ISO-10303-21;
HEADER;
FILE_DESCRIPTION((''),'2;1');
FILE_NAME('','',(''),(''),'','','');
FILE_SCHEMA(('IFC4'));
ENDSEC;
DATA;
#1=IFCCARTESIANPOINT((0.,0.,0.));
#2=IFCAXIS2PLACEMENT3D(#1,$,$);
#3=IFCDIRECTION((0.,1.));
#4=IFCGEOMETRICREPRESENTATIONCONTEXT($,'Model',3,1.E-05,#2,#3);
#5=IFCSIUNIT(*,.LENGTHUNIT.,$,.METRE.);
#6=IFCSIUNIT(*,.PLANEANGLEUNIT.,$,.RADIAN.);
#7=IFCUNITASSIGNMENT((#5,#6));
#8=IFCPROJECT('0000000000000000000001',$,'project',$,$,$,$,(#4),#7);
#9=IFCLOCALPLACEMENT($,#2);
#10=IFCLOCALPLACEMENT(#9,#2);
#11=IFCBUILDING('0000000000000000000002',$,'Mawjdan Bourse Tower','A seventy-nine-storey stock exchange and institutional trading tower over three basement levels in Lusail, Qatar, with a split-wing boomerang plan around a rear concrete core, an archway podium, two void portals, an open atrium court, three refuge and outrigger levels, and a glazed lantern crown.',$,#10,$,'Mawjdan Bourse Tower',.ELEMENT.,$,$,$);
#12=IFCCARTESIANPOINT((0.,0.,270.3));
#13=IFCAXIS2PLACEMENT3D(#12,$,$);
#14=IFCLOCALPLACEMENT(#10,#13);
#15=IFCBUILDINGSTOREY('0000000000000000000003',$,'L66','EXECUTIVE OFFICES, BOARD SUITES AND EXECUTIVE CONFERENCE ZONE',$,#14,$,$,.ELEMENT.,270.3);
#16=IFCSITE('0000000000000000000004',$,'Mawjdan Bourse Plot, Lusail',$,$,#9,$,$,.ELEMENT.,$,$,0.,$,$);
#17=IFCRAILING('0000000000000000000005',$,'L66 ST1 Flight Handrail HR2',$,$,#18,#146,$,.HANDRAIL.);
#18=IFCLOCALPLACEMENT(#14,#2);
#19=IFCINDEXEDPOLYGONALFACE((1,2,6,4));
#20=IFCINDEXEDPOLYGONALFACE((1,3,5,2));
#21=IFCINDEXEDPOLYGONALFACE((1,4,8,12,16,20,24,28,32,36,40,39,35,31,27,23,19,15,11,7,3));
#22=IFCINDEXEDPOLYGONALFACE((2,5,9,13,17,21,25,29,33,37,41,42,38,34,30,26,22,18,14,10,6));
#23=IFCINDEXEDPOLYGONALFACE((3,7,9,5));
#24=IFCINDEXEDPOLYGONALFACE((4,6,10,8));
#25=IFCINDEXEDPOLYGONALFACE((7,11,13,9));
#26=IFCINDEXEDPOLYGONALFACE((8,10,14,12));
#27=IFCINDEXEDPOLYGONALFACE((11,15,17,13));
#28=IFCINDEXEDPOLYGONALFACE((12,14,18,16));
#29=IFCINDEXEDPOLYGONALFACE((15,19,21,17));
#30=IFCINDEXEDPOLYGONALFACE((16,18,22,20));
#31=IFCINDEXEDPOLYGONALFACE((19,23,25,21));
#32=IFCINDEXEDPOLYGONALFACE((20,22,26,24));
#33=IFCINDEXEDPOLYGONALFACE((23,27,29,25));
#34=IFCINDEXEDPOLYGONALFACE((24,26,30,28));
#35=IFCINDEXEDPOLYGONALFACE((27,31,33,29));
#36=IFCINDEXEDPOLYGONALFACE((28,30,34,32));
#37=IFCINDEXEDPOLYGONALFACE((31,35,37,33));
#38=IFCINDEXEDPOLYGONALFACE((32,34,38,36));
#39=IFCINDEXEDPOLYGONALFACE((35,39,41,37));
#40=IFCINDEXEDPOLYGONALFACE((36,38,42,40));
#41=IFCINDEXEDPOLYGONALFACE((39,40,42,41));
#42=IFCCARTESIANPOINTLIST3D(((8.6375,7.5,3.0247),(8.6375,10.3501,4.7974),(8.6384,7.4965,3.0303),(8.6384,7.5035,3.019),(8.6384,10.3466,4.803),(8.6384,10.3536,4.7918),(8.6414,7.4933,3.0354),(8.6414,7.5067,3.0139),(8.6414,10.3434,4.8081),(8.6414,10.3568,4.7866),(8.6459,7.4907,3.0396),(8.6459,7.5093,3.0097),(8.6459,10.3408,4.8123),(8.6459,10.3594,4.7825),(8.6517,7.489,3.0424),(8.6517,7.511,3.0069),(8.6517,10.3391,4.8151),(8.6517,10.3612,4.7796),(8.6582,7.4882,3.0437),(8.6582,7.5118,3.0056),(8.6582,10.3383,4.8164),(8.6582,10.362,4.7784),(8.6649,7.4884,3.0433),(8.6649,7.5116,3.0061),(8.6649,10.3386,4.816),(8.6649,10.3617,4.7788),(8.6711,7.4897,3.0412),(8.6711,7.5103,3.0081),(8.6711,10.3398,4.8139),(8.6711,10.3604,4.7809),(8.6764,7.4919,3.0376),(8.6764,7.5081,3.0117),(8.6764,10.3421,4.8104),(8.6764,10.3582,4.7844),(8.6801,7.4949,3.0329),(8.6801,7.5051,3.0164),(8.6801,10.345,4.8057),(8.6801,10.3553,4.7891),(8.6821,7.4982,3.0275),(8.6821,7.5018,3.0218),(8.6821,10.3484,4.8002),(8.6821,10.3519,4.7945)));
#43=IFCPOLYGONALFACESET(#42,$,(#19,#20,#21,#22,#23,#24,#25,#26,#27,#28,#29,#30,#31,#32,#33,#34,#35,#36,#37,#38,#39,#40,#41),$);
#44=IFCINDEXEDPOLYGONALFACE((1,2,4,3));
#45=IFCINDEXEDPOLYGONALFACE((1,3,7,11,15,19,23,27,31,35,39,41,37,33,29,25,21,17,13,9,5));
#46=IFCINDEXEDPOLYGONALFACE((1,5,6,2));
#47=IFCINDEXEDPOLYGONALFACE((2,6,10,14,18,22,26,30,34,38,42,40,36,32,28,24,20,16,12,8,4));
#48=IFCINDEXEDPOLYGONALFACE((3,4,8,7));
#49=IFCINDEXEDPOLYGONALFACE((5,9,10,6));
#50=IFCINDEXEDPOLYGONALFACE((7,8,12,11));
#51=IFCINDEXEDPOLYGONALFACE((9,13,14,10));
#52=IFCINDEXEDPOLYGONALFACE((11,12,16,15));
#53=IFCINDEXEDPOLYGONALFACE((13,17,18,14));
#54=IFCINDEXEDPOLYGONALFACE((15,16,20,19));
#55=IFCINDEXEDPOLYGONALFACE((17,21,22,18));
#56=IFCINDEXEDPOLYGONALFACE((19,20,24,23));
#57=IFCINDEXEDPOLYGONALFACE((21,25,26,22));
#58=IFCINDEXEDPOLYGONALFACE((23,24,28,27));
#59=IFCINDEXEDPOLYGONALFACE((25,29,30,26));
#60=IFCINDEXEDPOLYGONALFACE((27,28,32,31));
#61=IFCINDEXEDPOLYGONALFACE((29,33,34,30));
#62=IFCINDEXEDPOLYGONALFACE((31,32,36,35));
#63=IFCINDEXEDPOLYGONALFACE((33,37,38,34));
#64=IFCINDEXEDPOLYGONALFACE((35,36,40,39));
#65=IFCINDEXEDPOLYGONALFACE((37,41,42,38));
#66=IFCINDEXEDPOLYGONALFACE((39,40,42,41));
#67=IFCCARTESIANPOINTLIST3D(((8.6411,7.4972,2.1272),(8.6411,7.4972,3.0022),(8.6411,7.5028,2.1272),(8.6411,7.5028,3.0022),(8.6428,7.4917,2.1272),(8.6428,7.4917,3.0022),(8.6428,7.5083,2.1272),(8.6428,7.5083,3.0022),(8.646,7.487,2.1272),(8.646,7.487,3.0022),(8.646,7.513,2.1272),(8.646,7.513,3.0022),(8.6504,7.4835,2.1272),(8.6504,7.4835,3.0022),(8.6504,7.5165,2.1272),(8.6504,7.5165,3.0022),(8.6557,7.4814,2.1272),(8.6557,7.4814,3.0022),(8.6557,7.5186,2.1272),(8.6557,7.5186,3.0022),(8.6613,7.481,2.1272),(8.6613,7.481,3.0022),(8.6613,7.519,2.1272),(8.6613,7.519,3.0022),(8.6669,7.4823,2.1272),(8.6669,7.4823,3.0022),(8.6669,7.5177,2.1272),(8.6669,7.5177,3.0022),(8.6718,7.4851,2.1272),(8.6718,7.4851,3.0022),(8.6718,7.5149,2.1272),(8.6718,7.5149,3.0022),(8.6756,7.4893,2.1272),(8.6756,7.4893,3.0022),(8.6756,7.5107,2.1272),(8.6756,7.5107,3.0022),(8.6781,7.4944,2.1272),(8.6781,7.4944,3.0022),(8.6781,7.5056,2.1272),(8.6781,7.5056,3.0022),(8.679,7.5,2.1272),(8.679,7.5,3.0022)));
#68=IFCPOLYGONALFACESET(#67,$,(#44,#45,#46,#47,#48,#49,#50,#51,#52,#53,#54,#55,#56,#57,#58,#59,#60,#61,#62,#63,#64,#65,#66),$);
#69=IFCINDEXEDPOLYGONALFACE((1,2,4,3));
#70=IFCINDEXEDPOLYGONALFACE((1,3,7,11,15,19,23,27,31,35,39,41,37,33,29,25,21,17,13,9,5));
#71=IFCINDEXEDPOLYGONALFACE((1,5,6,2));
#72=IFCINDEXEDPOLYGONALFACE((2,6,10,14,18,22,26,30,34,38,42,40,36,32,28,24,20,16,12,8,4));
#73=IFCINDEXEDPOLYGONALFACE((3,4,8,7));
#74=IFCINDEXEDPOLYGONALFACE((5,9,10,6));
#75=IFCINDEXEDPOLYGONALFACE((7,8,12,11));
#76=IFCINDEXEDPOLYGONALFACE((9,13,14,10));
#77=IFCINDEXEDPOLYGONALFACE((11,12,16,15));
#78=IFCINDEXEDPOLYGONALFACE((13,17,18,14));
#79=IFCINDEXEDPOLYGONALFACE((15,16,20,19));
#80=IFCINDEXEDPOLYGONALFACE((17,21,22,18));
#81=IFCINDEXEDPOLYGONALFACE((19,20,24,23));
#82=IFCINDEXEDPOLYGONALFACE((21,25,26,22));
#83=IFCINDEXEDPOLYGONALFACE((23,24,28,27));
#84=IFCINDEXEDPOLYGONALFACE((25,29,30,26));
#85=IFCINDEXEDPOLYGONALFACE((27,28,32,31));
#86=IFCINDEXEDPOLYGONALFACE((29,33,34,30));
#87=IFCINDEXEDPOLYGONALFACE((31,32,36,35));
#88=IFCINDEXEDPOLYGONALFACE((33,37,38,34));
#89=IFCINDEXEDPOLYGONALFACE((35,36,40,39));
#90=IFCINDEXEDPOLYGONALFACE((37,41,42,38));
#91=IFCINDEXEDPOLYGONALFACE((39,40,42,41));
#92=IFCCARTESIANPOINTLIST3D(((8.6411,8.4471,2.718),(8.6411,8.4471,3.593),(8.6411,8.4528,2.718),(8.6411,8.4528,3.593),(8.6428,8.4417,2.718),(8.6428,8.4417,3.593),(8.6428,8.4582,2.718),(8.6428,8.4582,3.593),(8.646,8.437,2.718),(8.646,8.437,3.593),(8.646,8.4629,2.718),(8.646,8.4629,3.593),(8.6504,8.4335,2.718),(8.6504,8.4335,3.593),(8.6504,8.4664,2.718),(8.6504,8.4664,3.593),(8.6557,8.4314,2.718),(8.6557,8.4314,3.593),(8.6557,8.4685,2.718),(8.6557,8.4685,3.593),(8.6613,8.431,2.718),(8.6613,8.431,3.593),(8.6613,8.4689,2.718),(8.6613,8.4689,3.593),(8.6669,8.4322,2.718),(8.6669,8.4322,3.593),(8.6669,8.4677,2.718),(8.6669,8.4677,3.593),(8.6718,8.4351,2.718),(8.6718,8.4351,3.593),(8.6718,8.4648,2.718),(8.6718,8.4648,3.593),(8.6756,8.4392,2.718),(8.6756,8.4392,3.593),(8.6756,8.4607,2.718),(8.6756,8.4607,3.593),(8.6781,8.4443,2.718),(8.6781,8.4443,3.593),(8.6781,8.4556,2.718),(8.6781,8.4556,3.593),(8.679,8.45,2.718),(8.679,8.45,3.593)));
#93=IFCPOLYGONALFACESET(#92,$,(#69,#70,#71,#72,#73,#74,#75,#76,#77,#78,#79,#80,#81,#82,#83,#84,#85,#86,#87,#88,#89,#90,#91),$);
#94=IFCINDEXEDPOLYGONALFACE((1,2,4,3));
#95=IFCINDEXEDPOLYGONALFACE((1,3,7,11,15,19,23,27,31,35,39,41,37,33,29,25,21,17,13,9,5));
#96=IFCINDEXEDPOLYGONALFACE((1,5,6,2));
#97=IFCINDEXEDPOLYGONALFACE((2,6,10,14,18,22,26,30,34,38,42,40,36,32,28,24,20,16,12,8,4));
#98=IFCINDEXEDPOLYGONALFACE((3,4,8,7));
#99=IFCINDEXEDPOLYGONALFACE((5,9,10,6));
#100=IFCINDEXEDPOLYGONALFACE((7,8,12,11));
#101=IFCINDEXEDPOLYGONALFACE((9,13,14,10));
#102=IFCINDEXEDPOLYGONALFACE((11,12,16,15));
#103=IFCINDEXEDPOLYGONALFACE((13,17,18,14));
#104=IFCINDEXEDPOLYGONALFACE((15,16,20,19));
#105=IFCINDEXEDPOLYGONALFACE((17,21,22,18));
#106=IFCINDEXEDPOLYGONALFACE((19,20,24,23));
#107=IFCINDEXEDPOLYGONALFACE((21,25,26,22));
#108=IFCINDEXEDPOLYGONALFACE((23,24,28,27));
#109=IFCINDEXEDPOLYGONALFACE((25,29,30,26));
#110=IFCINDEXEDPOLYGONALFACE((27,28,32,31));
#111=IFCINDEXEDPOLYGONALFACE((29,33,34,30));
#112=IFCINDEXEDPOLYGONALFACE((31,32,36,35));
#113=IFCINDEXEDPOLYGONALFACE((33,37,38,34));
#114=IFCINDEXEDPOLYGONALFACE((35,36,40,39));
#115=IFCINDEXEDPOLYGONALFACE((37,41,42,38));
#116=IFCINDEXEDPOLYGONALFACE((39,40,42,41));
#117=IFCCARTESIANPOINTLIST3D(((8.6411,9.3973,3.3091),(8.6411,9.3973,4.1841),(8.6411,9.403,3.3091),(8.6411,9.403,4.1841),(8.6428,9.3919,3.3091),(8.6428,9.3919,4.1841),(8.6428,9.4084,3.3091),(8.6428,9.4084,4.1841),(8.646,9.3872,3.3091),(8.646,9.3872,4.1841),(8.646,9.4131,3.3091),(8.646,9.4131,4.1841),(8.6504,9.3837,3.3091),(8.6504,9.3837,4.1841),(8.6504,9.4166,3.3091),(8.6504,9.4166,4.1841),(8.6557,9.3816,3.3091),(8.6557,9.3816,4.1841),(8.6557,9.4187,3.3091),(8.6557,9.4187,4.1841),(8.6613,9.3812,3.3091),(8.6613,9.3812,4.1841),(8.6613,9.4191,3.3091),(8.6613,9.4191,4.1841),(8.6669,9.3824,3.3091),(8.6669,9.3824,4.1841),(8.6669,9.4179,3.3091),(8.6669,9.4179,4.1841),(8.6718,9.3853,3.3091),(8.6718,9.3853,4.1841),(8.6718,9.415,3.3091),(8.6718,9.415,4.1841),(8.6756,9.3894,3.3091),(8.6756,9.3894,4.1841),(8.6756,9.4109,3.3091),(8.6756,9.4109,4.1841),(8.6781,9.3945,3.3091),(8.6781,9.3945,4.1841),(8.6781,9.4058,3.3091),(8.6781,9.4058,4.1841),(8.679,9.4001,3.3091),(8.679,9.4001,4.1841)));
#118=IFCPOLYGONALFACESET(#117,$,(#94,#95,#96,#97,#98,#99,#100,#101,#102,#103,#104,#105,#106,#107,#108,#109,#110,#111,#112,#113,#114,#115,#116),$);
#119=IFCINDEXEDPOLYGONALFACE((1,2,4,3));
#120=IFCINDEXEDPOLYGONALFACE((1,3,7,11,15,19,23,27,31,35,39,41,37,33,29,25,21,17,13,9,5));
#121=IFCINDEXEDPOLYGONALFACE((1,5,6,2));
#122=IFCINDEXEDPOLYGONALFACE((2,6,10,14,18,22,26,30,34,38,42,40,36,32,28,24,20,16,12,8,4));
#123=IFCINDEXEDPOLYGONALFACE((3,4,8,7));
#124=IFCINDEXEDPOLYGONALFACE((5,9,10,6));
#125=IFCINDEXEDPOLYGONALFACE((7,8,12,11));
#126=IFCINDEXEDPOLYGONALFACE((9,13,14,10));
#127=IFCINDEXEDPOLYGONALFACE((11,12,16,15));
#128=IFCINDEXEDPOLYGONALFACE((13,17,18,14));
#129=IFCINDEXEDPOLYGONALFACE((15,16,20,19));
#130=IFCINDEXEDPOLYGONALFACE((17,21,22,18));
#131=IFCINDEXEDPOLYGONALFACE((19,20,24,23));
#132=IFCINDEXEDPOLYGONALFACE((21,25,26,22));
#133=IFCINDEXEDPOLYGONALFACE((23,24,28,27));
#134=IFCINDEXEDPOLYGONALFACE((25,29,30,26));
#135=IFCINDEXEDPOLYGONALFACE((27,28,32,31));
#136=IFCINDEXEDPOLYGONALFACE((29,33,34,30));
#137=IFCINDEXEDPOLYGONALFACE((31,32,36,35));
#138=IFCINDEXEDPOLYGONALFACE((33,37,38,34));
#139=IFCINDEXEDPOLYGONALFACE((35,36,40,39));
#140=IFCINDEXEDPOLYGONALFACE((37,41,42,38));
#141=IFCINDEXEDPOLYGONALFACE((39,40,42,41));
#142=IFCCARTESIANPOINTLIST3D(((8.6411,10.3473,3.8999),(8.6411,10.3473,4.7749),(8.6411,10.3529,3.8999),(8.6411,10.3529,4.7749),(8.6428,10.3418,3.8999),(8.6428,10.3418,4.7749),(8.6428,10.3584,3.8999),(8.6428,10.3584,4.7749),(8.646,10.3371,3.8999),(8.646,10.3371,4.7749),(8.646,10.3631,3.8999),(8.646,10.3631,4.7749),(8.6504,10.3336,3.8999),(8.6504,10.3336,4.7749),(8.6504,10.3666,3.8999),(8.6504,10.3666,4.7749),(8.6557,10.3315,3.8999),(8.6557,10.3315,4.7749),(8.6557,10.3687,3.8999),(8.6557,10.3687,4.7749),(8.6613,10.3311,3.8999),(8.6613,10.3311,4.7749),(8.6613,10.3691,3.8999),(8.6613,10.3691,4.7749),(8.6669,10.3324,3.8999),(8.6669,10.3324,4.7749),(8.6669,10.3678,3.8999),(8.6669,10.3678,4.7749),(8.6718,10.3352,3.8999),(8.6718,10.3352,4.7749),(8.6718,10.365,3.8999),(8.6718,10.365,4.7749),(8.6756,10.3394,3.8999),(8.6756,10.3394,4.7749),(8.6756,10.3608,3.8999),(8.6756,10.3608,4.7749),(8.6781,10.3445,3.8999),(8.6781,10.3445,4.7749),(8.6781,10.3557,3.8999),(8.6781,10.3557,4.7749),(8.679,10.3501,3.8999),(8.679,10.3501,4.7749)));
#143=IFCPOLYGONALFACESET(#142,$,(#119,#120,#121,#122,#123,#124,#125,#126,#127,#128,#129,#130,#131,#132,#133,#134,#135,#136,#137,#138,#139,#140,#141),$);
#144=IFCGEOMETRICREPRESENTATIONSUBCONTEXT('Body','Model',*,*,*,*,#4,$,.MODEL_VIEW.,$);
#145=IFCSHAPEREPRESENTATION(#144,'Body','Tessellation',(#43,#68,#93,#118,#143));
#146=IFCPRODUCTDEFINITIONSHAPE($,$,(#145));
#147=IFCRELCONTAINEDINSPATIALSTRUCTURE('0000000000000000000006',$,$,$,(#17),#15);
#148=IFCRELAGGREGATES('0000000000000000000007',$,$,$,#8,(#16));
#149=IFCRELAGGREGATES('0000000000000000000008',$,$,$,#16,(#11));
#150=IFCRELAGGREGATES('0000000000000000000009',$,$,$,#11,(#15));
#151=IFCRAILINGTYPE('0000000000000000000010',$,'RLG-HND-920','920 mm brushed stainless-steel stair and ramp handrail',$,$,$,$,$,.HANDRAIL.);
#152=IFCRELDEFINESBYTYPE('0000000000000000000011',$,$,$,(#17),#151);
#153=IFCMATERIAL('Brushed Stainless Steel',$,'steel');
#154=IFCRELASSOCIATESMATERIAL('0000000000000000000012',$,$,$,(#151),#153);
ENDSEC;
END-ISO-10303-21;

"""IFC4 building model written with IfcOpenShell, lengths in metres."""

from ifc_helpers import new_model, si_unit, direction, frame, origin, origin_2d, place, context, subcontext, project, spatial, circle, extrude, material, type_object, element, save


model = new_model("IFC4")

# Units and contexts
model_context = context("Model", 3, precision=1e-05, world=origin(), true_north=direction((0.0, 1.0)))
body_context = subcontext(model_context, "Body", "Model", "MODEL_VIEW")
ifc_project = project(units=[si_unit("LENGTHUNIT", "METRE"), si_unit("PLANEANGLEUNIT", "RADIAN")], contexts=[model_context])

# Site, building, storey
site_placement = place(None, origin())
site = spatial("IfcSite", under=ifc_project, at=site_placement, Name="Mawjdan Bourse Plot, Lusail", CompositionType="ELEMENT", RefElevation=0.0)
building_placement = place(site_placement, origin())
building = spatial("IfcBuilding", under=site, at=building_placement, Name="Mawjdan Bourse Tower", Description="A seventy-nine-storey stock exchange and institutional trading tower over three basement levels in Lusail, Qatar, with a split-wing boomerang plan around a rear concrete core, an archway podium, two void portals, an open atrium court, three refuge and outrigger levels, and a glazed lantern crown.", LongName="Mawjdan Bourse Tower", CompositionType="ELEMENT")
storey_placement = place(building_placement, frame((0.0, 0.0, 270.3)))
storey = spatial("IfcBuildingStorey", under=building, at=storey_placement, Name="L66", Description="EXECUTIVE OFFICES, BOARD SUITES AND EXECUTIVE CONFERENCE ZONE", CompositionType="ELEMENT", Elevation=270.3)

# Railing
ifc_material_1 = material(Name="Brushed Stainless Steel", Category="steel")
railing_type = type_object("IfcRailingType", Name="RLG-HND-920", Description="920 mm brushed stainless-steel stair and ramp handrail", PredefinedType="HANDRAIL", material=ifc_material_1)
railing_placement = place(storey_placement, frame((8.6599, 7.5, 2.1272)))
element("IfcRailing", 1, at=railing_placement, inside=storey, type_object=railing_type, Name="L66 ST1 Flight Handrail HR2", PredefinedType="HANDRAIL", context=body_context, shape_type="SweptSolid", body=[
    extrude(circle(Radius=0.0225, at=origin_2d()), frame((0.0, 0.0, 0.8975), z_axis=(0.0, 0.849149, 0.528154), x_axis=(-1.0, 0.0, 0.0)), (0.0, 0.0, 1.0), 3.3564),
    extrude(circle(Radius=0.019, at=origin_2d()), origin(), (0.0, 0.0, 1.0), 0.875),
    extrude(circle(Radius=0.019, at=origin_2d()), frame((0.0, 0.95, 0.5908)), (0.0, 0.0, 1.0), 0.875),
    extrude(circle(Radius=0.019, at=origin_2d()), frame((0.0, 1.9001, 1.1819)), (0.0, 0.0, 1.0), 0.875),
    extrude(circle(Radius=0.019, at=origin_2d()), frame((0.0, 2.8501, 1.7727)), (0.0, 0.0, 1.0), 0.875),
])

save(model, "model.ifc")
